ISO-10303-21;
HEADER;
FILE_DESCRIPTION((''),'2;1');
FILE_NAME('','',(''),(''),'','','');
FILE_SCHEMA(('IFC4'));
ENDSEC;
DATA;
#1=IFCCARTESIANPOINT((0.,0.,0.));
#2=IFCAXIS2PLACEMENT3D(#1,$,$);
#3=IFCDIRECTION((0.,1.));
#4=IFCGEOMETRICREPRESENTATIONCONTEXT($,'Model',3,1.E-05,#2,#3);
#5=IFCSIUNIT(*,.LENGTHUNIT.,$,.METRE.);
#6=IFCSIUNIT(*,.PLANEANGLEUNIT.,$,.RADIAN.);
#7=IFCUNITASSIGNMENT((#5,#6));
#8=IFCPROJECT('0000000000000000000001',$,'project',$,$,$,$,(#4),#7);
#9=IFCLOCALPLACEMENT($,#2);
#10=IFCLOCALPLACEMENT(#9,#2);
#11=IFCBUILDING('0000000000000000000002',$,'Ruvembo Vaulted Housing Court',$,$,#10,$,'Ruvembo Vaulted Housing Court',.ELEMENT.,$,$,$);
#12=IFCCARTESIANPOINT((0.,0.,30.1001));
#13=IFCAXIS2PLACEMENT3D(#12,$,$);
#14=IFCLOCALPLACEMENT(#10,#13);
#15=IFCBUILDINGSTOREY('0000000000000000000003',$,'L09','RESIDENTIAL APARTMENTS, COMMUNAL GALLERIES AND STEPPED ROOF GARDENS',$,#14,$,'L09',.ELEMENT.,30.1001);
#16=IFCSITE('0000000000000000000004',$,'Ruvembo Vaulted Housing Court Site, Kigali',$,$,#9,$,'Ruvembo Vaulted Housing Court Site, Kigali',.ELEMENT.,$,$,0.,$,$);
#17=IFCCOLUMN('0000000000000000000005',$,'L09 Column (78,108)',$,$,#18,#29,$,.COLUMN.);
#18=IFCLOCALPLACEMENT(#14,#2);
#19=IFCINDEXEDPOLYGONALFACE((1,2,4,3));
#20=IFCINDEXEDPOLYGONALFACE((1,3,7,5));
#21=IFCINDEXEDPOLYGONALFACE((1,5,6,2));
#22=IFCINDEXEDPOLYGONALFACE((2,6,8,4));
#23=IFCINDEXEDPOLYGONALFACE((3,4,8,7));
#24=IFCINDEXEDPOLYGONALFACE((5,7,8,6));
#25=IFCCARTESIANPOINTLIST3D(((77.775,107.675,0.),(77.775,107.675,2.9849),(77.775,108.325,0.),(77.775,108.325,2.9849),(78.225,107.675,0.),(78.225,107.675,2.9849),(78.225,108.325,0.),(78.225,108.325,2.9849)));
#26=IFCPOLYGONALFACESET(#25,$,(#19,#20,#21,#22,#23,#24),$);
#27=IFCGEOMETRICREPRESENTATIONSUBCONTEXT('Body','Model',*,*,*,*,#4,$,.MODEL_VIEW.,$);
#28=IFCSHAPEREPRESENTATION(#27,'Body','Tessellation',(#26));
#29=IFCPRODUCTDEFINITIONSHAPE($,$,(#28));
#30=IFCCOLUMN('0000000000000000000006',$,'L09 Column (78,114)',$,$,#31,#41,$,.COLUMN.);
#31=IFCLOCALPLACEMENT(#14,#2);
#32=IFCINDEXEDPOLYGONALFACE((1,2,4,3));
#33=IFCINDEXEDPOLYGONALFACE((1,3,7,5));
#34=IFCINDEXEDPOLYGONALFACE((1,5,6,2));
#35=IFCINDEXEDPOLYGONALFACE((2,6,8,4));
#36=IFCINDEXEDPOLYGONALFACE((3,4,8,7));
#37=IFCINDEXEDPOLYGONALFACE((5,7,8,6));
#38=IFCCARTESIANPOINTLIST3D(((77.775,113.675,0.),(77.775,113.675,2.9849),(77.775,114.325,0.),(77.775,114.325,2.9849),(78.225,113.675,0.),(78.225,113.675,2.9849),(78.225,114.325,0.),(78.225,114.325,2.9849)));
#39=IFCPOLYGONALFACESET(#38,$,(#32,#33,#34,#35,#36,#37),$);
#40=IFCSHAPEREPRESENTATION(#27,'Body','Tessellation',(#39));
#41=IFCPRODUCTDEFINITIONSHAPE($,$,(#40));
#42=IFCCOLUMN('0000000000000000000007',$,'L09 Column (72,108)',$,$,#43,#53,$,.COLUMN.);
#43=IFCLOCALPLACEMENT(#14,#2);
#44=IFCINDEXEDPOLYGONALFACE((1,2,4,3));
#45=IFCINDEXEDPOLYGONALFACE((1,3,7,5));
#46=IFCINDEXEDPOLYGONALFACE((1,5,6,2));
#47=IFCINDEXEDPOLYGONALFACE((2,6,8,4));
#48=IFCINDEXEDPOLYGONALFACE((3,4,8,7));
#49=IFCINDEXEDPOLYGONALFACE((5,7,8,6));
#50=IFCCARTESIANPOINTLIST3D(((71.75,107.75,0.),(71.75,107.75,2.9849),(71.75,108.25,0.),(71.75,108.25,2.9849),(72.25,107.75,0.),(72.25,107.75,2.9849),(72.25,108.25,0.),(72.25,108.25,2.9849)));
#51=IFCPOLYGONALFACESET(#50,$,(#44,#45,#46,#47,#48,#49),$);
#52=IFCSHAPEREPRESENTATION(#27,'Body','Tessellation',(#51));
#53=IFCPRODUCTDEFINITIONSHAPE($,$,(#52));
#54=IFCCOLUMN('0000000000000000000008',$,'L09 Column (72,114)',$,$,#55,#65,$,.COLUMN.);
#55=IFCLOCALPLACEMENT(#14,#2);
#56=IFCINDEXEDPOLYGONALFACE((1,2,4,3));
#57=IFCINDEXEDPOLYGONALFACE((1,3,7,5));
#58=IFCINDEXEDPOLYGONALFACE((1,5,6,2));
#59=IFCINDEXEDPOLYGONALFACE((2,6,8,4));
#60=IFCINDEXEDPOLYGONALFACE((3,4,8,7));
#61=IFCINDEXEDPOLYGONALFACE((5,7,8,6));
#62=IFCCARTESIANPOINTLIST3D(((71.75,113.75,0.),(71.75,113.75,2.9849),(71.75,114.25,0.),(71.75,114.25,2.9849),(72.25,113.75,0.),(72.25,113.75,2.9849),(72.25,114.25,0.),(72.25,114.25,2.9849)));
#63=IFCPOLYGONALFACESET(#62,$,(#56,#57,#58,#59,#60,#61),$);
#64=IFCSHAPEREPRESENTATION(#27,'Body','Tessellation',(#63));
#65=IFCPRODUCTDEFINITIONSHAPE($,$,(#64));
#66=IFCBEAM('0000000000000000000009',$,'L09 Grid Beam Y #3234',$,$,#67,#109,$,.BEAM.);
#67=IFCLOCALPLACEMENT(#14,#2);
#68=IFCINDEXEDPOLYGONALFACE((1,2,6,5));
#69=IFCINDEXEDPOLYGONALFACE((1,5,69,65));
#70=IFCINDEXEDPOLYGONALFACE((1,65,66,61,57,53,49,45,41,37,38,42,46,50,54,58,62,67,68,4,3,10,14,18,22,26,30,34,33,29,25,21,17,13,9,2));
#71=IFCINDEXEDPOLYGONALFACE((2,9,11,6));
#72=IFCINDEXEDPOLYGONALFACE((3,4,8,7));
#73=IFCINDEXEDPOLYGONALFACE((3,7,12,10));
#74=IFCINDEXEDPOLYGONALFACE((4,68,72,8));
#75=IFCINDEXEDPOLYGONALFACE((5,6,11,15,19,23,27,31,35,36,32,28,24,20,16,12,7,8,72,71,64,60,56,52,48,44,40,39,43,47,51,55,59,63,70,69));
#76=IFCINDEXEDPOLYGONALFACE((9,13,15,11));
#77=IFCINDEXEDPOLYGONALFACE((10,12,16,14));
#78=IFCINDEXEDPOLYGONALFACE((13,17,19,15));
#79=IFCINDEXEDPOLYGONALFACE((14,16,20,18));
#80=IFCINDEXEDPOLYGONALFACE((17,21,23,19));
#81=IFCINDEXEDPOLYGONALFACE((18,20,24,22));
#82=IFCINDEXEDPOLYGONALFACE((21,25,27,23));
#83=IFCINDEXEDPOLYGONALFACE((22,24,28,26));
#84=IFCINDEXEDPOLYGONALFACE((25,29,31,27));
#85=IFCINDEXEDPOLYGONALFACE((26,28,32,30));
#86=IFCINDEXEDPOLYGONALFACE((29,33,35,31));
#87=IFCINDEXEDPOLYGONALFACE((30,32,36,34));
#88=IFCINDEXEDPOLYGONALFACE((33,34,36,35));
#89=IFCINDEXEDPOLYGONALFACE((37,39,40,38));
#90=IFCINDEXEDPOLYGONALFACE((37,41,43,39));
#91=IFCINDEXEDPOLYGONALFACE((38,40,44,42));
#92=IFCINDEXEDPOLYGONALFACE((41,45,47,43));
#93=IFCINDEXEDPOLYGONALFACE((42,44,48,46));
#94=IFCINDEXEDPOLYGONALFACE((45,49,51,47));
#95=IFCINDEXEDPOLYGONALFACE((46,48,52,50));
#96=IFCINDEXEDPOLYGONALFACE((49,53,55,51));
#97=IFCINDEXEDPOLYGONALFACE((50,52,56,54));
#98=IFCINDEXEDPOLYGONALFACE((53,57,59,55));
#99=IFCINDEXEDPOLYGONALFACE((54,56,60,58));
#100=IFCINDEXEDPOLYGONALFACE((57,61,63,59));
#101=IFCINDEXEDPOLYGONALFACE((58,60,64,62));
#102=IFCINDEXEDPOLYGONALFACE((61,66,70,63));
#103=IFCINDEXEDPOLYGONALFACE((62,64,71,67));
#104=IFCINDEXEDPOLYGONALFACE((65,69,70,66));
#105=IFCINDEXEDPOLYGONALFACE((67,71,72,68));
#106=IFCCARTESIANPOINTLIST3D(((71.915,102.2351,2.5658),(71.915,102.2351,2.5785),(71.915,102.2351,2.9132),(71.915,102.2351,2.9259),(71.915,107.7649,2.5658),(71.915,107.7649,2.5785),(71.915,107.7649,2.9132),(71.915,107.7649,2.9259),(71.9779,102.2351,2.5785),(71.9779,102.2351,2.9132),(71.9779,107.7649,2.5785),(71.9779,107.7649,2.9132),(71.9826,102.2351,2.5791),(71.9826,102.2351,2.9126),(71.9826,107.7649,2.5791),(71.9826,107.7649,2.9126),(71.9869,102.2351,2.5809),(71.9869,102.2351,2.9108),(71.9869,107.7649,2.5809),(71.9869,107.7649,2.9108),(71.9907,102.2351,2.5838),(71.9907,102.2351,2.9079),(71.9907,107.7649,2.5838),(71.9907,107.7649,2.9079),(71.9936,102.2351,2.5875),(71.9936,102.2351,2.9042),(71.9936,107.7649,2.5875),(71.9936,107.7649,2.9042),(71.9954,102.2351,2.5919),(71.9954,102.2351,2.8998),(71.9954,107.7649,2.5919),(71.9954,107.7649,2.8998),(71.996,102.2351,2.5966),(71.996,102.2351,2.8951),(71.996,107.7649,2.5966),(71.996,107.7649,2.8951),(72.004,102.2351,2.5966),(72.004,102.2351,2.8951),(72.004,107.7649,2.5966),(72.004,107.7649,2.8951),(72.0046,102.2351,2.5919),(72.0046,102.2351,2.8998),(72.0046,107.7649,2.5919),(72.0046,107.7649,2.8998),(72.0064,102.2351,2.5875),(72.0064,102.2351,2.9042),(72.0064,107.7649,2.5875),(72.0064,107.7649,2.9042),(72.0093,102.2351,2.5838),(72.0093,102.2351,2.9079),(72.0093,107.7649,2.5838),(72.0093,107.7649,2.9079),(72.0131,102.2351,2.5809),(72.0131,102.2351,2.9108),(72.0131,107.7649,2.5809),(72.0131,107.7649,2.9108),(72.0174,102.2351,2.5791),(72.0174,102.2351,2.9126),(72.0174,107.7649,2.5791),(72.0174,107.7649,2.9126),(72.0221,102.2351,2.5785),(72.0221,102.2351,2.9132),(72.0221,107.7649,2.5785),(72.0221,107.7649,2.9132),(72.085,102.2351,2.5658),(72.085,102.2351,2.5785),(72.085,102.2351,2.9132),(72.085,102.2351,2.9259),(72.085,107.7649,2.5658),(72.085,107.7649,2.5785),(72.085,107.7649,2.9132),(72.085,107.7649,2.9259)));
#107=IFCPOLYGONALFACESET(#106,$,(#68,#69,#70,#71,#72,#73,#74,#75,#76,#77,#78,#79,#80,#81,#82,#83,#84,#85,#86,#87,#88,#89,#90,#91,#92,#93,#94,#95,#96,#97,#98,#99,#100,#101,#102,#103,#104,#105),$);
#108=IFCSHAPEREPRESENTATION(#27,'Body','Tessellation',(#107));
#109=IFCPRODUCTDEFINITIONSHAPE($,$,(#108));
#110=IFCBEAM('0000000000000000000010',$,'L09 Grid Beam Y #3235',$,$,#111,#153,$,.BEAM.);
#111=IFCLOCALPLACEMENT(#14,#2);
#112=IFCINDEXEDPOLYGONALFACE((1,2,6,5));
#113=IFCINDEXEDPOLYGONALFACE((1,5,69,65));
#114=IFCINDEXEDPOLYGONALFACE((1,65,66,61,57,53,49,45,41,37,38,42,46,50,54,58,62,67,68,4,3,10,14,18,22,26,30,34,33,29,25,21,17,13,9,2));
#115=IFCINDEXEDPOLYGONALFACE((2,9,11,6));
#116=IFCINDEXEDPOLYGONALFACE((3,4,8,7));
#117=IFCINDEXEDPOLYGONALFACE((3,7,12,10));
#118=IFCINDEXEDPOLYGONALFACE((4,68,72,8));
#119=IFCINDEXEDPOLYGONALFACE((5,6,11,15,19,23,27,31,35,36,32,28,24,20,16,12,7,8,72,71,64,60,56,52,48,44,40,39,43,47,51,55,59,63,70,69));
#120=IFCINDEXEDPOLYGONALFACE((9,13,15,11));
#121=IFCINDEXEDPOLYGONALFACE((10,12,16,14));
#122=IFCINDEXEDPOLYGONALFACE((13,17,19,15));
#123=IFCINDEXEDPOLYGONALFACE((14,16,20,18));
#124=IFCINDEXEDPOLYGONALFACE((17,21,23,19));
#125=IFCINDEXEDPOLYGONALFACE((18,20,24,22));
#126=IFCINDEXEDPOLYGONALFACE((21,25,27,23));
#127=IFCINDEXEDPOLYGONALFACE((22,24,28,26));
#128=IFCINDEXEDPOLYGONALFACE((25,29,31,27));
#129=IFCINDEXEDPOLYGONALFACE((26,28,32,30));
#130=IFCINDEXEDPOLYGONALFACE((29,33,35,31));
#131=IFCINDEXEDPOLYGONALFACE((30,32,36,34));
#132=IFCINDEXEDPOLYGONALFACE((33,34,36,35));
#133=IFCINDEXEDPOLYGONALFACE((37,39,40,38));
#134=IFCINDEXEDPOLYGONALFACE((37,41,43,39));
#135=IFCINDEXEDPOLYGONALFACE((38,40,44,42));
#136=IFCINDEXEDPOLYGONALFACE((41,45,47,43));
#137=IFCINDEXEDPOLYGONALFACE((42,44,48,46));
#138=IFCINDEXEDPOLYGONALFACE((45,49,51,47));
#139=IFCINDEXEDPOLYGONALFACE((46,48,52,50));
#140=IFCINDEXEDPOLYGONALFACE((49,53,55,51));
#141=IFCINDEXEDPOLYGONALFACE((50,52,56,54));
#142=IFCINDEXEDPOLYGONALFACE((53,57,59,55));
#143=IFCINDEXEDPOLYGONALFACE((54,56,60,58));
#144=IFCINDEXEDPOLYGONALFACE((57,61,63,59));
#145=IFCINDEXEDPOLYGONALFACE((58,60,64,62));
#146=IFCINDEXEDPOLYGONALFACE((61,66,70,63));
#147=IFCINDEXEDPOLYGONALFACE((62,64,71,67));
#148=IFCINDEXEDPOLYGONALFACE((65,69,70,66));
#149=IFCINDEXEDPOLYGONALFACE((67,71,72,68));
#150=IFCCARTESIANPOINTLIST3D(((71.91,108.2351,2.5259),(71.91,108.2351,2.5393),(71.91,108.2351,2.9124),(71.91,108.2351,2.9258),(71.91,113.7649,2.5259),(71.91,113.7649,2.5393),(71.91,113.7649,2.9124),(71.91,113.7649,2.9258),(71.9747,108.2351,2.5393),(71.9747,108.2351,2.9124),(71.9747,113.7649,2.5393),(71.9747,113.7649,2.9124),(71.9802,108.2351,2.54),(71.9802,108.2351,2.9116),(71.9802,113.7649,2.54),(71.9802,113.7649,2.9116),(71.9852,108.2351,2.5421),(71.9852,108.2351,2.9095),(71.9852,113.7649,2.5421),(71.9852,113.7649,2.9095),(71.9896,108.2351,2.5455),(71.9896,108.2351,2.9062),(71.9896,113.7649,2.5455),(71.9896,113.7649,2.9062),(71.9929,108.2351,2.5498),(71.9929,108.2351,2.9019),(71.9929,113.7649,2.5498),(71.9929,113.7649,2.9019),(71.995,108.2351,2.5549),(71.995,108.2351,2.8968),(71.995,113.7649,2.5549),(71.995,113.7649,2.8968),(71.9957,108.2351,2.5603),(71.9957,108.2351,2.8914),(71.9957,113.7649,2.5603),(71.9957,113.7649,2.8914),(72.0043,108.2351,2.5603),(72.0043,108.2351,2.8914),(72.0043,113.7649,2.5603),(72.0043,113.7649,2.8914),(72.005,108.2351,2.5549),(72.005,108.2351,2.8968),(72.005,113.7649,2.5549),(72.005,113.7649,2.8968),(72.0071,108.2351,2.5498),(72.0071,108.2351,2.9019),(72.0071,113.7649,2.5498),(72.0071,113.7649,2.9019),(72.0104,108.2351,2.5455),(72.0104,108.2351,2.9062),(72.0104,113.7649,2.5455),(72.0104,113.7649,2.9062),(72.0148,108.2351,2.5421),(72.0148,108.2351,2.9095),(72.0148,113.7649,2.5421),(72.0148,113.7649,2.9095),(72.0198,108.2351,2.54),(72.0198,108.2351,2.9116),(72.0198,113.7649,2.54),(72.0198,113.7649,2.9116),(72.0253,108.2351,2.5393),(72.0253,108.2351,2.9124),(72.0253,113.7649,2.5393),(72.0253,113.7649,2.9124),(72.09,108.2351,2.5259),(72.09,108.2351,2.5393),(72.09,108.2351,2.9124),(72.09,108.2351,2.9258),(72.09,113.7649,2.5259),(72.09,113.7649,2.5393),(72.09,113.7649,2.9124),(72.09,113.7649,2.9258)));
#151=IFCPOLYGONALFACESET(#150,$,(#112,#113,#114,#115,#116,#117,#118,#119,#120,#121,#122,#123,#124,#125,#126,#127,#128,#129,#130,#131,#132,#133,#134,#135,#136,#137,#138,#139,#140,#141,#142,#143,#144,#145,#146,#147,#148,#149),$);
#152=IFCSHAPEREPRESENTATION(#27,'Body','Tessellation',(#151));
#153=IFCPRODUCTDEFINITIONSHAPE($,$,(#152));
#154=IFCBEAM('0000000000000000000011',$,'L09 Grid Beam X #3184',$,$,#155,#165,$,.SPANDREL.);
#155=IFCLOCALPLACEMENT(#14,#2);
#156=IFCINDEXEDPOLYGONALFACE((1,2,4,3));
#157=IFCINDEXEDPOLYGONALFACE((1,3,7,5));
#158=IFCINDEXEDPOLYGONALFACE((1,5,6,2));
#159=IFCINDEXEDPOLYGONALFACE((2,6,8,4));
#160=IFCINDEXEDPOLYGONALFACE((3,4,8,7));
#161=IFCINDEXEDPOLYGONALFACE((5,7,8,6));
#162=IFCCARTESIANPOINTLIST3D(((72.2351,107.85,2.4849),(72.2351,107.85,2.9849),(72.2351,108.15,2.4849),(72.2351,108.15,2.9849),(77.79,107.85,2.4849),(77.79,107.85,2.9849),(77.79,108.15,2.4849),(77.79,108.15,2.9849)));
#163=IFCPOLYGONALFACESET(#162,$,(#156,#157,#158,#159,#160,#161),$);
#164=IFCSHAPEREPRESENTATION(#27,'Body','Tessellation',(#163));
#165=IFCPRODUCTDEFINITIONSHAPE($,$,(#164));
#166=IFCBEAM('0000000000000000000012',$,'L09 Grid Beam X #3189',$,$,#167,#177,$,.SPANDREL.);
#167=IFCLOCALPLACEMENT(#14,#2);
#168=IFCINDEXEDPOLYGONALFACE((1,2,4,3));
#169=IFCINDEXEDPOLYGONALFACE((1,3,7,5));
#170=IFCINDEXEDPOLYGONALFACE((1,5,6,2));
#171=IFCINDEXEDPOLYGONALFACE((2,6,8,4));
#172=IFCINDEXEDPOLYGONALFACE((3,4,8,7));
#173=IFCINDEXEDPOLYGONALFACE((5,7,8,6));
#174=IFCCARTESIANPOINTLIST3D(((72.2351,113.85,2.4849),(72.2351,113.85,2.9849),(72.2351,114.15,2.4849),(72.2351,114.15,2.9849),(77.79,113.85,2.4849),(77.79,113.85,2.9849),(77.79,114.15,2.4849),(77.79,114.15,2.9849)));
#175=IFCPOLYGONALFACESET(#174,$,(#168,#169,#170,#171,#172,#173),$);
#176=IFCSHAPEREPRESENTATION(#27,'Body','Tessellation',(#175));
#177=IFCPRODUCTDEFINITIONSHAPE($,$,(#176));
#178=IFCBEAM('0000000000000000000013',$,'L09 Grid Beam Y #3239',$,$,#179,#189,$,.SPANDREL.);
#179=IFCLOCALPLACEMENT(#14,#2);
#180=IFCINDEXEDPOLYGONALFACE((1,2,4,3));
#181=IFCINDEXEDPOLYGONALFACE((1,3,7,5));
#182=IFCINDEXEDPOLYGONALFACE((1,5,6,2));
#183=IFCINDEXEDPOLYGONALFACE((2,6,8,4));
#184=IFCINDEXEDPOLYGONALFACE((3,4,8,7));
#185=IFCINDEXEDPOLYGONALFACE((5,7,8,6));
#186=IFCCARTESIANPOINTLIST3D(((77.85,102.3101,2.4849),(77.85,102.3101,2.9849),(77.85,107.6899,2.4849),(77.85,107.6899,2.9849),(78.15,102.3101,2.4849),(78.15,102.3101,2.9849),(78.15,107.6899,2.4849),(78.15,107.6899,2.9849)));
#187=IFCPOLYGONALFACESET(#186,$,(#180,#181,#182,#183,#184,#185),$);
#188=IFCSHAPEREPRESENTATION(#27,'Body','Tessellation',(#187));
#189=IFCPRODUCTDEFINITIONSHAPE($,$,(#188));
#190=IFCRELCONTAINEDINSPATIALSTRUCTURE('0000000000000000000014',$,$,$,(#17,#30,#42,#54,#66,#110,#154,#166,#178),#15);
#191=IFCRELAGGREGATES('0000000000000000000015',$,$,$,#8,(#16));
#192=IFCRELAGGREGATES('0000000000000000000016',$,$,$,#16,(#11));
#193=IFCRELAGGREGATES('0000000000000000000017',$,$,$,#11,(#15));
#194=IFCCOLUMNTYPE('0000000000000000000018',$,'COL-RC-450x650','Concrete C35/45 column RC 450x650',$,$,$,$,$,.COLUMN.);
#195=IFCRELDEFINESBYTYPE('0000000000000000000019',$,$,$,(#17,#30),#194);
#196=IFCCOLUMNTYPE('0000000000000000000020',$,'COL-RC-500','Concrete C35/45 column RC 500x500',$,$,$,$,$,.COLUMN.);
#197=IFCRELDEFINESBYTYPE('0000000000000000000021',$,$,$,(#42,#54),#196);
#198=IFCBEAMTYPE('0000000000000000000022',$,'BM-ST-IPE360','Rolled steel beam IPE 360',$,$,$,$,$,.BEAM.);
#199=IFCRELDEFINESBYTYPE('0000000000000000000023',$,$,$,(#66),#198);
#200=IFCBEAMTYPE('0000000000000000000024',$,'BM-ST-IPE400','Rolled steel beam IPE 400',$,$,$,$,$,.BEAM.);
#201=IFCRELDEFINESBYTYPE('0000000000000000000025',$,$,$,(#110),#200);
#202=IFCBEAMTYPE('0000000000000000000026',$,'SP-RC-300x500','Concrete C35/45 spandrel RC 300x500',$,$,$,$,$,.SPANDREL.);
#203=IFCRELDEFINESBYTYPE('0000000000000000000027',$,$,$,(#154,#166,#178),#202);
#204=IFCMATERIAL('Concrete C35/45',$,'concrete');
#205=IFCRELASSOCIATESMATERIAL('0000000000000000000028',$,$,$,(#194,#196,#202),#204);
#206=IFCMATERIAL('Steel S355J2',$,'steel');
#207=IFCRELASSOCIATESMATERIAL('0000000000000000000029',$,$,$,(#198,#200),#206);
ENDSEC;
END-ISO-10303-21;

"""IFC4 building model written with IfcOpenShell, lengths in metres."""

from ifc_helpers import new_model, si_unit, direction, frame, origin, origin_2d, place, context, subcontext, project, spatial, rectangle, i_section, extrude, material, material_profile, profile_set, type_object, element, save


model = new_model("IFC4")

# Units and contexts
model_context = context("Model", 3, precision=1e-05, world=origin(), true_north=direction((0.0, 1.0)))
body_context = subcontext(model_context, "Body", "Model", "MODEL_VIEW")
ifc_project = project(units=[si_unit("LENGTHUNIT", "METRE"), si_unit("PLANEANGLEUNIT", "RADIAN")], contexts=[model_context])

# Site, building, storey
site_placement = place(None, origin())
site = spatial("IfcSite", under=ifc_project, at=site_placement, Name="Ruvembo Vaulted Housing Court Site, Kigali", LongName="Ruvembo Vaulted Housing Court Site, Kigali", CompositionType="ELEMENT", RefElevation=0.0)
building_placement = place(site_placement, origin())
building = spatial("IfcBuilding", under=site, at=building_placement, Name="Ruvembo Vaulted Housing Court", LongName="Ruvembo Vaulted Housing Court", CompositionType="ELEMENT")
storey_placement = place(building_placement, frame((0.0, 0.0, 30.1001)))
storey = spatial("IfcBuildingStorey", under=building, at=storey_placement, Name="L09", Description="RESIDENTIAL APARTMENTS, COMMUNAL GALLERIES AND STEPPED ROOF GARDENS", LongName="L09", CompositionType="ELEMENT", Elevation=30.1001)

# Columns
ifc_material_1 = material(Name="Concrete C35/45", Category="concrete")
ifc_material_profile_1 = material_profile(ifc_material_1, rectangle(XDim=0.45, YDim=0.6499, at=origin_2d()), Name="RC 450x650")
ifc_profile_set_1 = profile_set([ifc_material_profile_1], Name="Concrete C35/45")
column_type_1 = type_object("IfcColumnType", Name="COL-RC-450x650", Description="Concrete C35/45 column RC 450x650", PredefinedType="COLUMN", material=ifc_profile_set_1)
for number, where, z_axis, x_axis, name in (
    (1, (78.0, 108.0, 0.0), (0.0, 0.0, 1.0), (1.0, 0.0, 0.0), "L09 Column (78,108)"),
    (2, (78.0, 114.0, 0.0), (0.0, 0.0, 1.0), (1.0, 0.0, 0.0), "L09 Column (78,114)"),
):
    element("IfcColumn", number, at=place(storey_placement, frame(where, z_axis=z_axis, x_axis=x_axis)), inside=storey, type_object=column_type_1, Name=name, PredefinedType="COLUMN", context=body_context, shape_type="SweptSolid", body=[
        extrude(rectangle(XDim=0.45, YDim=0.6499, at=origin_2d()), origin(), (0.0, 0.0, 1.0), 2.9849),
    ])
ifc_material_profile_2 = material_profile(ifc_material_1, rectangle(XDim=0.5, YDim=0.5, at=origin_2d()), Name="RC 500x500")
ifc_profile_set_2 = profile_set([ifc_material_profile_2], Name="Concrete C35/45")
column_type_2 = type_object("IfcColumnType", Name="COL-RC-500", Description="Concrete C35/45 column RC 500x500", PredefinedType="COLUMN", material=ifc_profile_set_2)
for number, where, z_axis, x_axis, name in (
    (3, (72.0, 108.0, 0.0), (0.0, 0.0, 1.0), (1.0, 0.0, 0.0), "L09 Column (72,108)"),
    (4, (72.0, 114.0, 0.0), (0.0, 0.0, 1.0), (1.0, 0.0, 0.0), "L09 Column (72,114)"),
):
    element("IfcColumn", number, at=place(storey_placement, frame(where, z_axis=z_axis, x_axis=x_axis)), inside=storey, type_object=column_type_2, Name=name, PredefinedType="COLUMN", context=body_context, shape_type="SweptSolid", body=[
        extrude(rectangle(XDim=0.5, YDim=0.5, at=origin_2d()), origin(), (0.0, 0.0, 1.0), 2.9849),
    ])

# Beams
ifc_material_2 = material(Name="Steel S355J2", Category="steel")
ifc_material_profile_3 = material_profile(ifc_material_2, i_section(OverallWidth=0.1699, OverallDepth=0.3601, WebThickness=0.0081, FlangeThickness=0.0127, FilletRadius=0.0181, at=origin_2d()), Name="IPE 360")
ifc_profile_set_3 = profile_set([ifc_material_profile_3], Name="Steel S355J2")
beam_type_1 = type_object("IfcBeamType", Name="BM-ST-IPE360", Description="Rolled steel beam IPE 360", PredefinedType="BEAM", material=ifc_profile_set_3)
beam_1_placement = place(storey_placement, frame((72.0, 102.2351, 2.7458), z_axis=(0.0, 1.0, 0.0), x_axis=(-1.0, 0.0, 0.0)))
element("IfcBeam", 5, at=beam_1_placement, inside=storey, type_object=beam_type_1, Name="L09 Grid Beam Y #3234", PredefinedType="BEAM", context=body_context, shape_type="SweptSolid", body=[
    extrude(i_section(OverallWidth=0.1699, OverallDepth=0.3601, WebThickness=0.0081, FlangeThickness=0.0127, FilletRadius=0.0181, at=origin_2d()), origin(), (0.0, 0.0, 1.0), 5.5298),
])
ifc_material_profile_4 = material_profile(ifc_material_2, i_section(OverallWidth=0.1799, OverallDepth=0.3999, WebThickness=0.0085, FlangeThickness=0.0134, FilletRadius=0.021, at=origin_2d()), Name="IPE 400")
ifc_profile_set_4 = profile_set([ifc_material_profile_4], Name="Steel S355J2")
beam_type_2 = type_object("IfcBeamType", Name="BM-ST-IPE400", Description="Rolled steel beam IPE 400", PredefinedType="BEAM", material=ifc_profile_set_4)
beam_2_placement = place(storey_placement, frame((72.0, 108.2351, 2.7258), z_axis=(0.0, 1.0, 0.0), x_axis=(-1.0, 0.0, 0.0)))
element("IfcBeam", 6, at=beam_2_placement, inside=storey, type_object=beam_type_2, Name="L09 Grid Beam Y #3235", PredefinedType="BEAM", context=body_context, shape_type="SweptSolid", body=[
    extrude(i_section(OverallWidth=0.1799, OverallDepth=0.3999, WebThickness=0.0085, FlangeThickness=0.0134, FilletRadius=0.021, at=origin_2d()), origin(), (0.0, 0.0, 1.0), 5.5298),
])
ifc_material_profile_5 = material_profile(ifc_material_1, rectangle(XDim=0.3, YDim=0.5, at=origin_2d()), Name="RC 300x500")
ifc_profile_set_5 = profile_set([ifc_material_profile_5], Name="Concrete C35/45")
beam_type_3 = type_object("IfcBeamType", Name="SP-RC-300x500", Description="Concrete C35/45 spandrel RC 300x500", PredefinedType="SPANDREL", material=ifc_profile_set_5)
for number, where, z_axis, x_axis, name in (
    (7, (72.2351, 108.0, 2.7349), (1.0, 0.0, 0.0), (0.0, 1.0, 0.0), "L09 Grid Beam X #3184"),
    (8, (72.2351, 114.0, 2.7349), (1.0, 0.0, 0.0), (0.0, 1.0, 0.0), "L09 Grid Beam X #3189"),
):
    element("IfcBeam", number, at=place(storey_placement, frame(where, z_axis=z_axis, x_axis=x_axis)), inside=storey, type_object=beam_type_3, Name=name, PredefinedType="SPANDREL", context=body_context, shape_type="SweptSolid", body=[
        extrude(rectangle(XDim=0.3, YDim=0.5, at=origin_2d()), origin(), (0.0, 0.0, 1.0), 5.5549),
    ])
for number, where, z_axis, x_axis, name in (
    (9, (78.0, 102.3101, 2.7349), (0.0, 1.0, 0.0), (-1.0, 0.0, 0.0), "L09 Grid Beam Y #3239"),
):
    element("IfcBeam", number, at=place(storey_placement, frame(where, z_axis=z_axis, x_axis=x_axis)), inside=storey, type_object=beam_type_3, Name=name, PredefinedType="SPANDREL", context=body_context, shape_type="SweptSolid", body=[
        extrude(rectangle(XDim=0.3, YDim=0.5, at=origin_2d()), origin(), (0.0, 0.0, 1.0), 5.3799),
    ])

save(model, "model.ifc")
